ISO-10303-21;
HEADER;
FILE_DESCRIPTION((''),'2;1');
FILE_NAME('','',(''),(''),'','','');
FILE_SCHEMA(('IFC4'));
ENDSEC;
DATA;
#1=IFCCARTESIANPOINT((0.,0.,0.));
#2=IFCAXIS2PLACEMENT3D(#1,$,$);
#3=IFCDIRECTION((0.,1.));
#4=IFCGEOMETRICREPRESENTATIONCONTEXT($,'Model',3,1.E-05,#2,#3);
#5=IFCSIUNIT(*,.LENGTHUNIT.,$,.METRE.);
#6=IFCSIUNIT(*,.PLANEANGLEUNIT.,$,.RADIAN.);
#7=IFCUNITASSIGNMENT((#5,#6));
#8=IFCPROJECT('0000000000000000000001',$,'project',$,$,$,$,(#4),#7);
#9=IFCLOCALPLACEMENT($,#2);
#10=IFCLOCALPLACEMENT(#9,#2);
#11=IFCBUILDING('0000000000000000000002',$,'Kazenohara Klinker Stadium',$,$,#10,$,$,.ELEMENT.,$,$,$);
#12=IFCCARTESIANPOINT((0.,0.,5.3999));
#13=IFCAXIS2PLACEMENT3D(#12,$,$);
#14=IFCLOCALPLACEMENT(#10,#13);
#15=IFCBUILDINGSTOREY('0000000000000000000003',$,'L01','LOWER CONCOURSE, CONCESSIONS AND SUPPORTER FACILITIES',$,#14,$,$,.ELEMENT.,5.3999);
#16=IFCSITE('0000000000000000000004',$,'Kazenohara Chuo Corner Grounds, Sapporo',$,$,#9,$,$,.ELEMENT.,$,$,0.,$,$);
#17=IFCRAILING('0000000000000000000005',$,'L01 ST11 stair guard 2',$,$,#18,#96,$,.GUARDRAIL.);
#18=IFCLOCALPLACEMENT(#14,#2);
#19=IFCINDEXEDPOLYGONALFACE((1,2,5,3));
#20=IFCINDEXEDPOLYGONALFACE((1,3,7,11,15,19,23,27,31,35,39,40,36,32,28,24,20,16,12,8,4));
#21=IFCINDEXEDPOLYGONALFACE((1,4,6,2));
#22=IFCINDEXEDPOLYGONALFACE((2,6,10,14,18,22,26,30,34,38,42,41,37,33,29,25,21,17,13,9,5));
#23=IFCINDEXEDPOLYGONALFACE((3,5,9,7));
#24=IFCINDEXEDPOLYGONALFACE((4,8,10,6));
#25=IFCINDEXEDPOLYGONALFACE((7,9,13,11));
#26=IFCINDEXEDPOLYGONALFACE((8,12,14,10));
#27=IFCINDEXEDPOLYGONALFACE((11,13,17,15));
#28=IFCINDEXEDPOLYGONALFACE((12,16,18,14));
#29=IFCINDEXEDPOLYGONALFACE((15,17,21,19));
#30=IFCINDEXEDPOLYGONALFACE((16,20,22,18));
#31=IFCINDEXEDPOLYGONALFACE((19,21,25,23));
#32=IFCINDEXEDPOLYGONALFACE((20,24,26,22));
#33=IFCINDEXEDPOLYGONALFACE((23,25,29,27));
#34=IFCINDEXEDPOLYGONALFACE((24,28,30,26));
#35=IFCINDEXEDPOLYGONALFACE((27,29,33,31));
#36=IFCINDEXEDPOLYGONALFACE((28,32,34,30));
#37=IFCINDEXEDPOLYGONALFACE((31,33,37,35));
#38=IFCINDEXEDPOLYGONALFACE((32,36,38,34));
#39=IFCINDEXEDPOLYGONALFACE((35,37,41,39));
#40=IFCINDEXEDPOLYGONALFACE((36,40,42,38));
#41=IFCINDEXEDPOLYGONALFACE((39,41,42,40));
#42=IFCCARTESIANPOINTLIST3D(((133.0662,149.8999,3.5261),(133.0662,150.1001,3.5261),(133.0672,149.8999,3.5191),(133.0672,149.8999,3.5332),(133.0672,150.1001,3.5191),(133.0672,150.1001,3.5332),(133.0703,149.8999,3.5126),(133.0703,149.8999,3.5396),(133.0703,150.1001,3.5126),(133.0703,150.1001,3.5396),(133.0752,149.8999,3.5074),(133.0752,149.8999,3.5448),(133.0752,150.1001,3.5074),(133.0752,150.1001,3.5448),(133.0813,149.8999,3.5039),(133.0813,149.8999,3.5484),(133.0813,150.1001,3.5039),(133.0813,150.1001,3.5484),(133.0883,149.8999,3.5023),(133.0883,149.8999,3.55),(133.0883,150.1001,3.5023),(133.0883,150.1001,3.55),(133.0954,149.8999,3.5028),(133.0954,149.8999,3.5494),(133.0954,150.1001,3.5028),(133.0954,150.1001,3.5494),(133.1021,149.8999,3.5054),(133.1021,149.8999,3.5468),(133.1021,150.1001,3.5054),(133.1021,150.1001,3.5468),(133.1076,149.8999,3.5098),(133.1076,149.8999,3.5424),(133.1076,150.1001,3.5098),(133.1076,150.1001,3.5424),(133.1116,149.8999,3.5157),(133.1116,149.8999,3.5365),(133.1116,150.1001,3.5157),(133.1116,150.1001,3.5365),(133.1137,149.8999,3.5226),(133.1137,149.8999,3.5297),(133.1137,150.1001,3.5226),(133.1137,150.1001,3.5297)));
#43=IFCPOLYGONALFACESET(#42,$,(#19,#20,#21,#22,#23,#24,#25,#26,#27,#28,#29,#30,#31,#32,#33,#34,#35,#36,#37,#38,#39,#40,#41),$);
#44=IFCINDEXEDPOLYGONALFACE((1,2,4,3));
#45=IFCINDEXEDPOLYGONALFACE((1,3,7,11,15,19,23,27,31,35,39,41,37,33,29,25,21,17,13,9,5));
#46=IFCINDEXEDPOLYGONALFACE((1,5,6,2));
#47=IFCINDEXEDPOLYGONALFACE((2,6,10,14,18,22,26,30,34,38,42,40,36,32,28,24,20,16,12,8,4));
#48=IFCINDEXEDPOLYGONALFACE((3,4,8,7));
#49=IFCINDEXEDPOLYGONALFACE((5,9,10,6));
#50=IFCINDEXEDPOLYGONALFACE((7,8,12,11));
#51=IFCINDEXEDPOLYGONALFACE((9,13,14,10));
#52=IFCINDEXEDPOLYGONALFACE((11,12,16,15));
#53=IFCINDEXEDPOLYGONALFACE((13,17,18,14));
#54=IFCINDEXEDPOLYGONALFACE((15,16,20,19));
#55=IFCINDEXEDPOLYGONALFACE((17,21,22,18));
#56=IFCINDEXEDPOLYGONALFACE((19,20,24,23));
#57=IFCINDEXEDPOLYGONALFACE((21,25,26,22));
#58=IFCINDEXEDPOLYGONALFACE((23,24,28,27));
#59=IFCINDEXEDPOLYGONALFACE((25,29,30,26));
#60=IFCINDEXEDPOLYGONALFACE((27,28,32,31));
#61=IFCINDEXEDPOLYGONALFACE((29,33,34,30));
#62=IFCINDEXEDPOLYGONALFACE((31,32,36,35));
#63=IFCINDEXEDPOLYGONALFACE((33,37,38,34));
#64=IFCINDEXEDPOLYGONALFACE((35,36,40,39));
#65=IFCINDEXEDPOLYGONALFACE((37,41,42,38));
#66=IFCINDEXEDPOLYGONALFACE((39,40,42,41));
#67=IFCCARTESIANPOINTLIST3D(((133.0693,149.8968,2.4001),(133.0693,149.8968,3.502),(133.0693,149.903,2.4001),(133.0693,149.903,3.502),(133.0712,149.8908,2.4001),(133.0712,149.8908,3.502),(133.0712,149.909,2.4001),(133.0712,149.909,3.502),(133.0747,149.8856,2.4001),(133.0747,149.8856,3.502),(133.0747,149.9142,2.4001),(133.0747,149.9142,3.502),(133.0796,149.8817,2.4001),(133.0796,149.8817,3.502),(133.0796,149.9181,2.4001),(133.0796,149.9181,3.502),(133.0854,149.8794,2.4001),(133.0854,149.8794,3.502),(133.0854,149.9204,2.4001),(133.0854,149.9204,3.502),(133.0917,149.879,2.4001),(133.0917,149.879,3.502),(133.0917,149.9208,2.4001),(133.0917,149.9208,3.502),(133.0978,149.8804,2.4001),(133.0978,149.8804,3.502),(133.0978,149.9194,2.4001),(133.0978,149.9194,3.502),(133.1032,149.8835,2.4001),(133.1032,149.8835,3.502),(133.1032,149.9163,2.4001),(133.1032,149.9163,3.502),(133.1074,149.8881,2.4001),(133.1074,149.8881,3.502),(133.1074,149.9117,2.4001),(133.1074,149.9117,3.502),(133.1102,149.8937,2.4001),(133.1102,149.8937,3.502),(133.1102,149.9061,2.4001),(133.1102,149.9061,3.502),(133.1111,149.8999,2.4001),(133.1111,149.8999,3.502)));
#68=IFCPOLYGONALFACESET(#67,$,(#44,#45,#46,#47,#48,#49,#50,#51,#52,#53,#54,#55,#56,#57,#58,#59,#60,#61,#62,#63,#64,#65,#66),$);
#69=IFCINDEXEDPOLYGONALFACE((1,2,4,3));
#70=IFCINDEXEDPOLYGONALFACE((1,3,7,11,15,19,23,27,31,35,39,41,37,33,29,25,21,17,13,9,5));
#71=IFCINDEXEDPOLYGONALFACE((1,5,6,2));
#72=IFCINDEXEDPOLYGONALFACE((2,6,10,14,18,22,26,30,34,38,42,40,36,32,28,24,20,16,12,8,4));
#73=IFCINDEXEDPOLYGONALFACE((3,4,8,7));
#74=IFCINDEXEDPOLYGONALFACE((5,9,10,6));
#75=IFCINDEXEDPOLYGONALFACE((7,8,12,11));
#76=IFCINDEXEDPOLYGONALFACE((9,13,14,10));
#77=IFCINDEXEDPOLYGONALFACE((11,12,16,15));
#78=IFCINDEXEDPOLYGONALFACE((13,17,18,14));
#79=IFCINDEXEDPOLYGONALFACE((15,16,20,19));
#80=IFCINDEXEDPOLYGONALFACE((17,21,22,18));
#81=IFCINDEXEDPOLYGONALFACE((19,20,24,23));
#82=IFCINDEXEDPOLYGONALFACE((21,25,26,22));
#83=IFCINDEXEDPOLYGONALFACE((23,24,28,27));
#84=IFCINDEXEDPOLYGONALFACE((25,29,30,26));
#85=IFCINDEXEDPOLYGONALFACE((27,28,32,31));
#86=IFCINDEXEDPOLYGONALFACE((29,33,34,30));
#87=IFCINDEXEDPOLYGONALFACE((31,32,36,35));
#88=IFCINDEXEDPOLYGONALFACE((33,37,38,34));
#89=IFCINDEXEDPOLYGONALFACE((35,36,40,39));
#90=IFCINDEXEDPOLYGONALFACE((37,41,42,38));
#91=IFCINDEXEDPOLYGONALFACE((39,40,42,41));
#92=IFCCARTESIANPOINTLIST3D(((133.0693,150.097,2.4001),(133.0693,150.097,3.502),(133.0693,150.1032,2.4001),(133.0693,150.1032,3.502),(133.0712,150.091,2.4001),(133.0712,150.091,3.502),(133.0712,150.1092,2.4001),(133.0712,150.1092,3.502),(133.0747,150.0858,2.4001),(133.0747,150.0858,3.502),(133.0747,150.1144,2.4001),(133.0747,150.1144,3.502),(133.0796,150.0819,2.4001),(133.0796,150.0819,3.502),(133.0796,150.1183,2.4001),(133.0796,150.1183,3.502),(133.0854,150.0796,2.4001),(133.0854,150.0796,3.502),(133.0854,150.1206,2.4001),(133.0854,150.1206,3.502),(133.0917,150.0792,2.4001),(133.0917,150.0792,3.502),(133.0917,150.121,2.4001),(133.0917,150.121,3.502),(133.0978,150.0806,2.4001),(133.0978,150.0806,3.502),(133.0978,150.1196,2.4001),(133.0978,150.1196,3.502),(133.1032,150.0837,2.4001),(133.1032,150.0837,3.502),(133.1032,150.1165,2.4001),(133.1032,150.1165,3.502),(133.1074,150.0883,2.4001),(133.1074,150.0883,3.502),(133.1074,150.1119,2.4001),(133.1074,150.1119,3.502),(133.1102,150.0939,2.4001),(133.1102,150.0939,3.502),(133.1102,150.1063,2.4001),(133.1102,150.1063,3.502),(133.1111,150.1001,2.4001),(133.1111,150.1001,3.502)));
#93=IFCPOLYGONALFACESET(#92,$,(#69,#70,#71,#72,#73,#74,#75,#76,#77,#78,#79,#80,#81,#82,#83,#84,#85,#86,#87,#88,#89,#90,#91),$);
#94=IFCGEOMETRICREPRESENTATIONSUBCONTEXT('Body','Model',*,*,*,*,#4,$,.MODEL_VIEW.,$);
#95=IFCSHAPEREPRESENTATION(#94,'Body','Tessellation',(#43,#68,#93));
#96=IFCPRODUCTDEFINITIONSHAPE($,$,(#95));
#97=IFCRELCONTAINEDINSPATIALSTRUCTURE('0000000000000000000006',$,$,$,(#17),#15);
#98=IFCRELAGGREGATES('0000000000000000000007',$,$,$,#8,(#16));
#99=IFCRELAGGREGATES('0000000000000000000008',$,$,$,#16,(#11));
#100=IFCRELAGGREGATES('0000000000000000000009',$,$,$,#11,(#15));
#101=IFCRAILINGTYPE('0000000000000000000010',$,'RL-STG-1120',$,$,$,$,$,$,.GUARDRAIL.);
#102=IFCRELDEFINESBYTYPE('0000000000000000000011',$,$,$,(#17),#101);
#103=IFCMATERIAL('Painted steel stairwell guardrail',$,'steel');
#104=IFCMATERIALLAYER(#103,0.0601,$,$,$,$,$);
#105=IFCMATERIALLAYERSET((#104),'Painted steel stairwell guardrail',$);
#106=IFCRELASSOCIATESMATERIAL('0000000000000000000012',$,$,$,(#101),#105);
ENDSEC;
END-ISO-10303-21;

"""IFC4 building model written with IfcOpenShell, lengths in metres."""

from ifc_helpers import new_model, si_unit, direction, frame, origin, origin_2d, place, context, subcontext, project, spatial, circle, extrude, material, layer, layer_set, type_object, element, save


model = new_model("IFC4")

# Units and contexts
model_context = context("Model", 3, precision=1e-05, world=origin(), true_north=direction((0.0, 1.0)))
body_context = subcontext(model_context, "Body", "Model", "MODEL_VIEW")
ifc_project = project(units=[si_unit("LENGTHUNIT", "METRE"), si_unit("PLANEANGLEUNIT", "RADIAN")], contexts=[model_context])

# Site, building, storey
site_placement = place(None, origin())
site = spatial("IfcSite", under=ifc_project, at=site_placement, Name="Kazenohara Chuo Corner Grounds, Sapporo", CompositionType="ELEMENT", RefElevation=0.0)
building_placement = place(site_placement, origin())
building = spatial("IfcBuilding", under=site, at=building_placement, Name="Kazenohara Klinker Stadium", CompositionType="ELEMENT")
storey_placement = place(building_placement, frame((0.0, 0.0, 5.3999)))
storey = spatial("IfcBuildingStorey", under=building, at=storey_placement, Name="L01", Description="LOWER CONCOURSE, CONCESSIONS AND SUPPORTER FACILITIES", CompositionType="ELEMENT", Elevation=5.3999)

# Railing
ifc_material_1 = material(Name="Painted steel stairwell guardrail", Category="steel")
ifc_layer_1 = layer(ifc_material_1, 0.0601)
ifc_layer_set_1 = layer_set([ifc_layer_1], Name="Painted steel stairwell guardrail")
railing_type_1 = type_object("IfcRailingType", Name="RL-STG-1120", PredefinedType="GUARDRAIL", material=ifc_layer_set_1)
railing_1_placement = place(storey_placement, frame((133.0901, 149.8999, 2.4001)))
element("IfcRailing", 1, at=railing_1_placement, inside=storey, type_object=railing_type_1, Name="L01 ST11 stair guard 2", PredefinedType="GUARDRAIL", context=body_context, shape_type="SweptSolid", body=[
    extrude(circle(Radius=0.0239, at=origin_2d()), frame((0.0, 0.0, 1.126), z_axis=(0.0, 1.0, 0.0), x_axis=(-1.0, 0.0, 0.0)), (0.0, 0.0, 1.0), 0.2002),
    extrude(circle(Radius=0.021, at=origin_2d()), origin(), (0.0, 0.0, 1.0), 1.1018),
    extrude(circle(Radius=0.021, at=origin_2d()), frame((0.0, 0.2002, 0.0)), (0.0, 0.0, 1.0), 1.1018),
])

save(model, "model.ifc")
